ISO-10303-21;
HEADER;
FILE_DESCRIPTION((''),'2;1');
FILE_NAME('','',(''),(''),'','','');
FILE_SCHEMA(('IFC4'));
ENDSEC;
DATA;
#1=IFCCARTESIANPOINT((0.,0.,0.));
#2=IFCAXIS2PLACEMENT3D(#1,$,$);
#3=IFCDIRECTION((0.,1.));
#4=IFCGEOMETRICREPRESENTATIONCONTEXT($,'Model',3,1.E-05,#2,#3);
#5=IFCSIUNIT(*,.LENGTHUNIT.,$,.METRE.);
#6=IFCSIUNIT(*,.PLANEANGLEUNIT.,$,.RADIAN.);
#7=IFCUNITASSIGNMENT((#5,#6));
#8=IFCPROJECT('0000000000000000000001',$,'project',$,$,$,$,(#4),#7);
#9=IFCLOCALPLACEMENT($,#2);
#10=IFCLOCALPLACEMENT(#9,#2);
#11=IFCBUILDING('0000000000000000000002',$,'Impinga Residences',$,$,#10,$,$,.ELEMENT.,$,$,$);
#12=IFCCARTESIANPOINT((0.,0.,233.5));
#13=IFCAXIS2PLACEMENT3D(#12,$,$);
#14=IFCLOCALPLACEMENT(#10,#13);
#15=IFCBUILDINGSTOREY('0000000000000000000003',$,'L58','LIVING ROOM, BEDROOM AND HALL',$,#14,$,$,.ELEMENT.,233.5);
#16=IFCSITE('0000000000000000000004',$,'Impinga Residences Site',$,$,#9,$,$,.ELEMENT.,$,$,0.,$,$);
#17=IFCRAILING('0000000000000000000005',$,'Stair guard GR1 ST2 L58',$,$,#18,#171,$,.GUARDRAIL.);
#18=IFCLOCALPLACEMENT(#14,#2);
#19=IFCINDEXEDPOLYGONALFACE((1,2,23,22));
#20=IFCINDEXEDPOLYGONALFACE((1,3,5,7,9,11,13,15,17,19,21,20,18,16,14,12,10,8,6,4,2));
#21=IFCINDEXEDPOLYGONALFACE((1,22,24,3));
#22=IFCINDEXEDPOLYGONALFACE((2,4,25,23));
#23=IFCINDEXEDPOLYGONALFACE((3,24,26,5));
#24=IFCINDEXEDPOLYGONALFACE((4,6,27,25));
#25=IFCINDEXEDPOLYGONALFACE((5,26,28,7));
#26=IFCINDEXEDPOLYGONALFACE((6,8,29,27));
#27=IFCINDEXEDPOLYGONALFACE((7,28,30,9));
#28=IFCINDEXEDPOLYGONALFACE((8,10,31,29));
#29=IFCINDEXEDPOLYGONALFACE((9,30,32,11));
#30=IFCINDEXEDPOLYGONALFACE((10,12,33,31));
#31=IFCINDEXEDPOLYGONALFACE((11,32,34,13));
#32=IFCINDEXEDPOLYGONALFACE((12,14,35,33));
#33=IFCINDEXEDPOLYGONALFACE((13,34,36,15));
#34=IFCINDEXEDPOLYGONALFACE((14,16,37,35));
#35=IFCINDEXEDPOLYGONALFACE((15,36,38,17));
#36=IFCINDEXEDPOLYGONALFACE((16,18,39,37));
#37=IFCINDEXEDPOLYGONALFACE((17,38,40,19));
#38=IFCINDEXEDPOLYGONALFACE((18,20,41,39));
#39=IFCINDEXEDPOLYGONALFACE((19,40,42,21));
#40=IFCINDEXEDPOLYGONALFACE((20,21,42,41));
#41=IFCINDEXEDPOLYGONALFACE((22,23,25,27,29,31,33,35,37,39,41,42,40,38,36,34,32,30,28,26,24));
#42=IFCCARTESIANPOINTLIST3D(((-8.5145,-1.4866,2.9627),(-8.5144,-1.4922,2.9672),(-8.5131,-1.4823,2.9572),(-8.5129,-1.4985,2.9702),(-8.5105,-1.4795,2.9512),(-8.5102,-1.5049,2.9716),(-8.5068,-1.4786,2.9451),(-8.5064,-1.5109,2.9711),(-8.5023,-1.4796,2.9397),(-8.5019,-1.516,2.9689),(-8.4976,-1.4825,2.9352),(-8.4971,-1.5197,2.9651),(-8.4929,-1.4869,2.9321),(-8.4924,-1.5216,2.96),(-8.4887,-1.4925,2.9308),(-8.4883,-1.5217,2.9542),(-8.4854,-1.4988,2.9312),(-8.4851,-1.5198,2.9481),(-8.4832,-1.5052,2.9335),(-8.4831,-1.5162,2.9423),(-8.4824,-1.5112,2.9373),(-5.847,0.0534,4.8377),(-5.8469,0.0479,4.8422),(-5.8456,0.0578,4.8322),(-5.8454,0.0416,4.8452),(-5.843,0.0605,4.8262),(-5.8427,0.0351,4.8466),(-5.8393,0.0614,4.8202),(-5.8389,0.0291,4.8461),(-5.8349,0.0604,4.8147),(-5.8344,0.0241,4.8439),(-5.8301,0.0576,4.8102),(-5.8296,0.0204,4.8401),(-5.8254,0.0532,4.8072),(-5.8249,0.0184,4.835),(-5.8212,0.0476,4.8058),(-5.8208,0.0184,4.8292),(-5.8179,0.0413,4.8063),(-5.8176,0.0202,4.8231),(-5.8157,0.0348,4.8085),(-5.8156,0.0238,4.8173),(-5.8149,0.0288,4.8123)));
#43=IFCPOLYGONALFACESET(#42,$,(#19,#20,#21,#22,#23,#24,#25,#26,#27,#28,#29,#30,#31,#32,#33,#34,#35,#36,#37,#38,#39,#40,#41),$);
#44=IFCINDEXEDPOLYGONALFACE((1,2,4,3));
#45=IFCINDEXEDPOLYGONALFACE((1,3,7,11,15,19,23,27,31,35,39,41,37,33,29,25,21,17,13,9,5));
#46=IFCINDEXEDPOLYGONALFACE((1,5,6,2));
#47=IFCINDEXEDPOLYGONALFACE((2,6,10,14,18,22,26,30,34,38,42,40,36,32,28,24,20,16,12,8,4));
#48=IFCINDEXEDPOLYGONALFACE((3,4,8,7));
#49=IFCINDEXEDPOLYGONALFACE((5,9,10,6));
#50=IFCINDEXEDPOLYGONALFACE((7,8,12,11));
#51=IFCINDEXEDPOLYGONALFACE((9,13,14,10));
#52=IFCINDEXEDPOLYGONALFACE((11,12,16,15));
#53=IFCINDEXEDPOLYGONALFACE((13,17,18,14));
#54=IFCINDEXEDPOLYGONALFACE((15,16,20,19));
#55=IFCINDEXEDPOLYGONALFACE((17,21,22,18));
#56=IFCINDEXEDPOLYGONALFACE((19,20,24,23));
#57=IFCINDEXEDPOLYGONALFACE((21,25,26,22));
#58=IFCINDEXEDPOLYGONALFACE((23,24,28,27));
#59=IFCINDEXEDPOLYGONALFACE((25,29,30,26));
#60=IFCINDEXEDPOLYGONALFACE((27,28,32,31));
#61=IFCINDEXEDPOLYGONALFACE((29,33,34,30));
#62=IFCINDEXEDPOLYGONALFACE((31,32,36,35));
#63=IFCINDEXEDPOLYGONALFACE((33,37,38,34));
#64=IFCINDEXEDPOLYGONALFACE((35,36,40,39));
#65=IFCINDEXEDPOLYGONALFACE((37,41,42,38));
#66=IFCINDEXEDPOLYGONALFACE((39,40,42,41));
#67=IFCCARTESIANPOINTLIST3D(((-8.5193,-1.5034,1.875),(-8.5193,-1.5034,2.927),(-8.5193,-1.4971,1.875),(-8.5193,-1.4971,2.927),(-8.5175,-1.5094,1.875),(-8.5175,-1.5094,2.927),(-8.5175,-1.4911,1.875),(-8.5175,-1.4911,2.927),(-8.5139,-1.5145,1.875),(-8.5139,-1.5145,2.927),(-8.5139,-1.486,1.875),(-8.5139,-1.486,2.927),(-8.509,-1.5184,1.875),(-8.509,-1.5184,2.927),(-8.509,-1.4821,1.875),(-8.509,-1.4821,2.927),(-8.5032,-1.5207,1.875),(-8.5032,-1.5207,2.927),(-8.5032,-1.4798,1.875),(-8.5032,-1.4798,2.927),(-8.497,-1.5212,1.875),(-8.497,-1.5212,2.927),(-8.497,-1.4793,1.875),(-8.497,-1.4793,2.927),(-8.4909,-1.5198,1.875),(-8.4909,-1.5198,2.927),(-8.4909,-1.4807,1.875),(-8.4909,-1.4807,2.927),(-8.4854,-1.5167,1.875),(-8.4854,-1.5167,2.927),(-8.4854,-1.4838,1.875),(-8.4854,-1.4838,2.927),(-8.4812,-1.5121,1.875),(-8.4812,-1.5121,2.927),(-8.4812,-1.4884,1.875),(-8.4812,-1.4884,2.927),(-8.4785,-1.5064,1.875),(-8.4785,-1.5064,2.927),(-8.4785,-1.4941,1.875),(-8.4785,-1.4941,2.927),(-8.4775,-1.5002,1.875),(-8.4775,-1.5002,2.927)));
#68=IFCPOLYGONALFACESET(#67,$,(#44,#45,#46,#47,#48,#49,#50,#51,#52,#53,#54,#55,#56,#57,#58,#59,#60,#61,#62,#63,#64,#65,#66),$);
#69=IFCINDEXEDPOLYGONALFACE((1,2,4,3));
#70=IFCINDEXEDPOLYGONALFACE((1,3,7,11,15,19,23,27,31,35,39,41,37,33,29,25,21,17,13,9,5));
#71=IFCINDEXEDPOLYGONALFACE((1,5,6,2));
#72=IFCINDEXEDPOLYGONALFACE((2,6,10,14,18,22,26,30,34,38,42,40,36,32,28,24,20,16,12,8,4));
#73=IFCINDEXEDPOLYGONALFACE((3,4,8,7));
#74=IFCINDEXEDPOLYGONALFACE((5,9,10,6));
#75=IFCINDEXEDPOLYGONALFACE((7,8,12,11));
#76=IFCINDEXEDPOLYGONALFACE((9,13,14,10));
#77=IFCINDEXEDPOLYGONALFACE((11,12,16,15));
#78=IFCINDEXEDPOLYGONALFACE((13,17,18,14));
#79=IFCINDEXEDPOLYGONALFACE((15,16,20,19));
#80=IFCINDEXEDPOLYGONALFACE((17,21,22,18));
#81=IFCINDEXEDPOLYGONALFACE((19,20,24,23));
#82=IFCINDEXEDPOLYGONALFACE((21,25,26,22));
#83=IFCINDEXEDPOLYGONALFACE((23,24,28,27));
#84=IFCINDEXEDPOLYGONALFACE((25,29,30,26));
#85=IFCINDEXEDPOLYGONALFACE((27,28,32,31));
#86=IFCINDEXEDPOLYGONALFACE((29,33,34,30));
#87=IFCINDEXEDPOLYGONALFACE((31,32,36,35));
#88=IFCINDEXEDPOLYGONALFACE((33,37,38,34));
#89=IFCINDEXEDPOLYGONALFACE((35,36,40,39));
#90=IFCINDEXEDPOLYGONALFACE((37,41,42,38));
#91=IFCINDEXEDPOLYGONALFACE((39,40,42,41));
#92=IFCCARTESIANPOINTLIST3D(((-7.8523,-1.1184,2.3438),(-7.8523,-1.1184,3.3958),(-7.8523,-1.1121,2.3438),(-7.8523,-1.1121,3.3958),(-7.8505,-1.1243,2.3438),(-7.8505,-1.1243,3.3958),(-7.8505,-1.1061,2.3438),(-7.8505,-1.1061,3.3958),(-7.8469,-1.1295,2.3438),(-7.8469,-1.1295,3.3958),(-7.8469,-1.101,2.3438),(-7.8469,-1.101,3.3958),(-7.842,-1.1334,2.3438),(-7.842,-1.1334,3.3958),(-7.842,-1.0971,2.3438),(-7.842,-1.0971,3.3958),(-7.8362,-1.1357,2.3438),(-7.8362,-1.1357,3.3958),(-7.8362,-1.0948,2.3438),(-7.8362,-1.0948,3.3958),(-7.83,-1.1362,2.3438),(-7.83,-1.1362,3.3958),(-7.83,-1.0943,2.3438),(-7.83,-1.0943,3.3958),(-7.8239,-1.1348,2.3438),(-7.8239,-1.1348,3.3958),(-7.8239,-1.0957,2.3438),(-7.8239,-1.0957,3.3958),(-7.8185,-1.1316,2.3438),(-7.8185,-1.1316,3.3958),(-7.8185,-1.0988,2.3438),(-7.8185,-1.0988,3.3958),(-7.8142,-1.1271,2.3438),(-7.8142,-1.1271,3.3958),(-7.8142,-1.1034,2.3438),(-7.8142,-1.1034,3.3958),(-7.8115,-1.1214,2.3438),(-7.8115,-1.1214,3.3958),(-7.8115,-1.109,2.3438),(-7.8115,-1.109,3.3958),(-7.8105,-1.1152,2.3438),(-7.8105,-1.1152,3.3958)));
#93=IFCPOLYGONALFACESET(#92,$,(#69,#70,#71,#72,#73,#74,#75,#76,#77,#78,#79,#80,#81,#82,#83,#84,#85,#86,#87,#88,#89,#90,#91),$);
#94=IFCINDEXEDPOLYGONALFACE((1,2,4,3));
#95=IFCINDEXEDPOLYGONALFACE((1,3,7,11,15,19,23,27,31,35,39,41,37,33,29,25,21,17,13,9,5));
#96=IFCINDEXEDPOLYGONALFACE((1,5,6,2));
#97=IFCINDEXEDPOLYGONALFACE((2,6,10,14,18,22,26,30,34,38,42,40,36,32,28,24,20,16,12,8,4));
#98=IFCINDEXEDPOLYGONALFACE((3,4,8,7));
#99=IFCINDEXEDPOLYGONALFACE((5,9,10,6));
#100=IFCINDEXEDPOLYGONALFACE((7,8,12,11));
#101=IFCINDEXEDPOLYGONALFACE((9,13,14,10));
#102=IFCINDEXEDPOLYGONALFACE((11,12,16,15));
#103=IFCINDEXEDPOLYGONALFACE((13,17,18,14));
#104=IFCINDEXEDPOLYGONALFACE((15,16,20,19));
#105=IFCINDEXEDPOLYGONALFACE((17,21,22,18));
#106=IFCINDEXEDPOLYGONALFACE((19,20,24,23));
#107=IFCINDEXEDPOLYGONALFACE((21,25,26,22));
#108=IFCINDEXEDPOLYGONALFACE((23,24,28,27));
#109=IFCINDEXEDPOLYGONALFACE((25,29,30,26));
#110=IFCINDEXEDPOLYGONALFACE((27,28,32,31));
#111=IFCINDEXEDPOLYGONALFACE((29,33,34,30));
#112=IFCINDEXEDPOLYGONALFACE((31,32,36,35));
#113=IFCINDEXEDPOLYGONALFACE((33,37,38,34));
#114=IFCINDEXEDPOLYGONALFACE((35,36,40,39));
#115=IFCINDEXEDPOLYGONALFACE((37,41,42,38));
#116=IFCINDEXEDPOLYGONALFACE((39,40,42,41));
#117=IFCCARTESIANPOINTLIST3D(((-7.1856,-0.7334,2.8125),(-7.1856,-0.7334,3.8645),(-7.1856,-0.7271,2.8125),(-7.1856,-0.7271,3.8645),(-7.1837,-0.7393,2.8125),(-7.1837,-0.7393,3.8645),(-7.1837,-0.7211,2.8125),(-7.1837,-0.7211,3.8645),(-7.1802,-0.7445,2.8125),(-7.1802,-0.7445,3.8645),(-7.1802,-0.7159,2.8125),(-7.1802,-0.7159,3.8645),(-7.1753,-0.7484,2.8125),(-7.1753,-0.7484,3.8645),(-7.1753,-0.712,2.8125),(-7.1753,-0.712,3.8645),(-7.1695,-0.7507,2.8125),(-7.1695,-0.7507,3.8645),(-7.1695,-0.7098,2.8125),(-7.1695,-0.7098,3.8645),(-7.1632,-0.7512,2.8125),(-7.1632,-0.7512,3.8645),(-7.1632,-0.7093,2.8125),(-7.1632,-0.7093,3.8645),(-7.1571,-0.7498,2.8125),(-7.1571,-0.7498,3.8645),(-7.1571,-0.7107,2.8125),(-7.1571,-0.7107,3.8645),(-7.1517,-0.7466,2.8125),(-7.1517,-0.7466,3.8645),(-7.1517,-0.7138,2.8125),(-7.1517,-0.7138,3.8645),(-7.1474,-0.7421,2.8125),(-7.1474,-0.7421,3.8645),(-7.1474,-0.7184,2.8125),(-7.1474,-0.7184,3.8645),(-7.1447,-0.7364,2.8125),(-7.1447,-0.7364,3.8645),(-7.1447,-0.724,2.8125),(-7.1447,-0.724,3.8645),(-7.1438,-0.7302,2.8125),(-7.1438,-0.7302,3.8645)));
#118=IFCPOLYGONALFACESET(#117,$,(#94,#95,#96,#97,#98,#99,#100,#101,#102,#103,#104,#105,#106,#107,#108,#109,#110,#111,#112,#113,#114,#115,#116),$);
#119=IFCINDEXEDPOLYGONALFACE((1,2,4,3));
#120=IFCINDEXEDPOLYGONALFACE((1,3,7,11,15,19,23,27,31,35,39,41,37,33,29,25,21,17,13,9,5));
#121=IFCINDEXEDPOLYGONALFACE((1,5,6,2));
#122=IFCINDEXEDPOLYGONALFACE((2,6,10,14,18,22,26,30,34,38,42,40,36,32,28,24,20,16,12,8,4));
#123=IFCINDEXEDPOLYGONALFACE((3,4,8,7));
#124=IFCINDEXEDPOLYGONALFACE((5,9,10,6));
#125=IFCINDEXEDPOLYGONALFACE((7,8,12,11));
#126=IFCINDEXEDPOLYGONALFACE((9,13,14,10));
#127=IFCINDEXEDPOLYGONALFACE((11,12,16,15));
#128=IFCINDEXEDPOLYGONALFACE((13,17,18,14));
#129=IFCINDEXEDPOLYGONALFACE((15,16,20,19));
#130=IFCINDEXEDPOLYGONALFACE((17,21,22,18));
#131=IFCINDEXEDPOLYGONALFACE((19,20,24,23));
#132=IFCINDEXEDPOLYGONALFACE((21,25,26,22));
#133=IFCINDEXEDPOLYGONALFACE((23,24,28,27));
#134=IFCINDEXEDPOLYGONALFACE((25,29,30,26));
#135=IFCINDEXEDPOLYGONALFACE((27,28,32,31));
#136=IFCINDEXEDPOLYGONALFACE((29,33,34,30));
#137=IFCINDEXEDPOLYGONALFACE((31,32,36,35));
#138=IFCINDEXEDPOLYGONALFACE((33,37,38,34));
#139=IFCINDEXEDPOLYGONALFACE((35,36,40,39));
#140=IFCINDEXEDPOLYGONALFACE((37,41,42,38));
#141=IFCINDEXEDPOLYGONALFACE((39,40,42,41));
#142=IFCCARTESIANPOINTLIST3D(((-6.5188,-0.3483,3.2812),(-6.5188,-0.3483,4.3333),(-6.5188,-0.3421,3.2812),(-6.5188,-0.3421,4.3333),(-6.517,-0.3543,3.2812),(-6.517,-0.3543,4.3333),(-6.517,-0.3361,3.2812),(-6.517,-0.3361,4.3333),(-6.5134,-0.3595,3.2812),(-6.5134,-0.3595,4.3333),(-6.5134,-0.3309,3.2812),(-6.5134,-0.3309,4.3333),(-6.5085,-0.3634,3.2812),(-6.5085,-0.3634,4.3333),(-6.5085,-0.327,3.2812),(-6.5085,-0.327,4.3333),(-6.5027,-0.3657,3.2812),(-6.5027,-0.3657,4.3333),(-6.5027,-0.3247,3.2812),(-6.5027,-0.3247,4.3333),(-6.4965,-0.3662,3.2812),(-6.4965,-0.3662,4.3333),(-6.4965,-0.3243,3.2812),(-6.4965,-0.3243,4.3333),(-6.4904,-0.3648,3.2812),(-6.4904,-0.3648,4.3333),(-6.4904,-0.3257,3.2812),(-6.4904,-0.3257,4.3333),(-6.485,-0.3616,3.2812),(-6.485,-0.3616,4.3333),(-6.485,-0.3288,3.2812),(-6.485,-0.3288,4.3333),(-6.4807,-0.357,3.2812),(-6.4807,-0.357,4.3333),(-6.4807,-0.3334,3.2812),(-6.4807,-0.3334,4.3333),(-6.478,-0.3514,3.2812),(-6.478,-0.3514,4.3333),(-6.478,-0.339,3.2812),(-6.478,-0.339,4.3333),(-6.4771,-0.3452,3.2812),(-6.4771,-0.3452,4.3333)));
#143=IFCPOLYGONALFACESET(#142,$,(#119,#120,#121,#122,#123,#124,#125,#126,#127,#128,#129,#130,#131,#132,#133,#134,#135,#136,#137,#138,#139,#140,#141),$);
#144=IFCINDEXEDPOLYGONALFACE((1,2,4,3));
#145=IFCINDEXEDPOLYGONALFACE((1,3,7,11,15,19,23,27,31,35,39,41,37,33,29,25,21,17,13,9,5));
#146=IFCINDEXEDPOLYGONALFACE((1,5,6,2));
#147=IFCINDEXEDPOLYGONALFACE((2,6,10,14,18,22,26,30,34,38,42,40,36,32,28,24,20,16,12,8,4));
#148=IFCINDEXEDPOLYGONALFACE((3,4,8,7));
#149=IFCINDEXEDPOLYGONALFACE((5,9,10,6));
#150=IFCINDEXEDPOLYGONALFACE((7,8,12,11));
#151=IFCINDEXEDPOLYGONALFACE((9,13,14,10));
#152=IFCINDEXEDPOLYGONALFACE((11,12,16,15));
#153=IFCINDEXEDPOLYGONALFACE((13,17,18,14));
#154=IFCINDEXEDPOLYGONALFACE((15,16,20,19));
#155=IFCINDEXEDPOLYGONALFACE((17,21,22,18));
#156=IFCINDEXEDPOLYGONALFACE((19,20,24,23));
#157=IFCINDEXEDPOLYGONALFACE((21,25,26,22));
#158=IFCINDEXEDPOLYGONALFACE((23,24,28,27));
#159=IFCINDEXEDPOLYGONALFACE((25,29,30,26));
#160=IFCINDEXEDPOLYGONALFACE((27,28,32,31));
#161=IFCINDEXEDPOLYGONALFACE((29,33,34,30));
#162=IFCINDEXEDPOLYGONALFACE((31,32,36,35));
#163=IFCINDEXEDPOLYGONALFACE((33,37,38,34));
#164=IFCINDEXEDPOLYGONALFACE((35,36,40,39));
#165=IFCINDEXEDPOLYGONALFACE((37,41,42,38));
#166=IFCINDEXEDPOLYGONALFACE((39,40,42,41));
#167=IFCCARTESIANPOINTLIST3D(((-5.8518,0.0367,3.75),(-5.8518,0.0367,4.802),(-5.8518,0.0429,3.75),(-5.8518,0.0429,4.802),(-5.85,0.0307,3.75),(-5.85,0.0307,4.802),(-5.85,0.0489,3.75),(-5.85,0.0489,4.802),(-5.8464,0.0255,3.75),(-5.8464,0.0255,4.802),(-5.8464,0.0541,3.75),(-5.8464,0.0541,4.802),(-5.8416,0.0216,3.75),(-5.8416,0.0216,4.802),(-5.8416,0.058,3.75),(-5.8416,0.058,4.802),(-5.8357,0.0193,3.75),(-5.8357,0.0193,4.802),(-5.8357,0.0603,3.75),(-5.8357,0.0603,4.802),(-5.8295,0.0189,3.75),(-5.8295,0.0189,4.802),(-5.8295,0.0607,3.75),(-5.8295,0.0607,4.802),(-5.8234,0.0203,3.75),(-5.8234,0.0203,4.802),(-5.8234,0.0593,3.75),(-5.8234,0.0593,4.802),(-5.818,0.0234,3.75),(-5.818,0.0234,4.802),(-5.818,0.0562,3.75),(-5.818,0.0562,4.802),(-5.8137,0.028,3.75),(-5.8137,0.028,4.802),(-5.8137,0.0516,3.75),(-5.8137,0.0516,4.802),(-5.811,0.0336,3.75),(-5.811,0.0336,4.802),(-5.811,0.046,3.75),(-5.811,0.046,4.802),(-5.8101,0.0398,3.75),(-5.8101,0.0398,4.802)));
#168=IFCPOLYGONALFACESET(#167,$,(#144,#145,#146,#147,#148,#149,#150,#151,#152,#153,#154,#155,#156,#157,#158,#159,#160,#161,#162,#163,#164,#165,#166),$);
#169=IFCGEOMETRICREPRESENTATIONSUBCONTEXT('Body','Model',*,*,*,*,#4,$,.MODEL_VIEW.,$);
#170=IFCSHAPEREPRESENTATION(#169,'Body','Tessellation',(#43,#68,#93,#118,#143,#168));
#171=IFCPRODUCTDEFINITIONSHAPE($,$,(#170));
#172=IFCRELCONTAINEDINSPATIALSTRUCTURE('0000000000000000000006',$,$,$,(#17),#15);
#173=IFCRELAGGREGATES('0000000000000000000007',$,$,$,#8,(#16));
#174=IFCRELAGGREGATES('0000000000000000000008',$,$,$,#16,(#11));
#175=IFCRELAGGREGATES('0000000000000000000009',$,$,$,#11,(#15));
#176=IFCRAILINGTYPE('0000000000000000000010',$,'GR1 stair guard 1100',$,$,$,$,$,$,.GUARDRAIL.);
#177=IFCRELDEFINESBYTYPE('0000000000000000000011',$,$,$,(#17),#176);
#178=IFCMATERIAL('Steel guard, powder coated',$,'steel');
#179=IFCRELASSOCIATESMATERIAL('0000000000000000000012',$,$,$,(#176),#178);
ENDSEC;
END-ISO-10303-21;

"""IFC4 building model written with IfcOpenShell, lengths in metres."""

from ifc_helpers import new_model, si_unit, direction, frame, origin, origin_2d, place, context, subcontext, project, spatial, circle, extrude, material, type_object, element, save


model = new_model("IFC4")

# Units and contexts
model_context = context("Model", 3, precision=1e-05, world=origin(), true_north=direction((0.0, 1.0)))
body_context = subcontext(model_context, "Body", "Model", "MODEL_VIEW")
ifc_project = project(units=[si_unit("LENGTHUNIT", "METRE"), si_unit("PLANEANGLEUNIT", "RADIAN")], contexts=[model_context])

# Site, building, storey
site_placement = place(None, origin())
site = spatial("IfcSite", under=ifc_project, at=site_placement, Name="Impinga Residences Site", CompositionType="ELEMENT", RefElevation=0.0)
building_placement = place(site_placement, origin())
building = spatial("IfcBuilding", under=site, at=building_placement, Name="Impinga Residences", CompositionType="ELEMENT")
storey_placement = place(building_placement, frame((0.0, 0.0, 233.5)))
storey = spatial("IfcBuildingStorey", under=building, at=storey_placement, Name="L58", Description="LIVING ROOM, BEDROOM AND HALL", CompositionType="ELEMENT", Elevation=233.5)

# Railing
ifc_material_1 = material(Name="Steel guard, powder coated", Category="steel")
railing_type = type_object("IfcRailingType", Name="GR1 stair guard 1100", PredefinedType="GUARDRAIL", material=ifc_material_1)
railing_placement = place(storey_placement, frame((-8.4985, -1.5002, 1.875)))
element("IfcRailing", 1, at=railing_placement, inside=storey, type_object=railing_type, Name="Stair guard GR1 ST2 L58", PredefinedType="GUARDRAIL", context=body_context, shape_type="SweptSolid", body=[
    extrude(circle(Radius=0.0239, at=origin_2d()), frame((0.0, 0.0, 1.0762), z_axis=(0.739746, 0.427084, 0.519975), x_axis=(-0.499992, 0.86603, 0.0)), (0.0, 0.0, 1.0), 3.606),
    extrude(circle(Radius=0.021, at=origin_2d()), origin(), (0.0, 0.0, 1.0), 1.052),
    extrude(circle(Radius=0.021, at=origin_2d()), frame((0.667, 0.385, 0.4688)), (0.0, 0.0, 1.0), 1.052),
    extrude(circle(Radius=0.021, at=origin_2d()), frame((1.3337, 0.77, 0.9375)), (0.0, 0.0, 1.0), 1.052),
    extrude(circle(Radius=0.021, at=origin_2d()), frame((2.0005, 1.155, 1.4062)), (0.0, 0.0, 1.0), 1.052),
    extrude(circle(Radius=0.021, at=origin_2d()), frame((2.6675, 1.54, 1.875)), (0.0, 0.0, 1.0), 1.052),
])

save(model, "model.ifc")
